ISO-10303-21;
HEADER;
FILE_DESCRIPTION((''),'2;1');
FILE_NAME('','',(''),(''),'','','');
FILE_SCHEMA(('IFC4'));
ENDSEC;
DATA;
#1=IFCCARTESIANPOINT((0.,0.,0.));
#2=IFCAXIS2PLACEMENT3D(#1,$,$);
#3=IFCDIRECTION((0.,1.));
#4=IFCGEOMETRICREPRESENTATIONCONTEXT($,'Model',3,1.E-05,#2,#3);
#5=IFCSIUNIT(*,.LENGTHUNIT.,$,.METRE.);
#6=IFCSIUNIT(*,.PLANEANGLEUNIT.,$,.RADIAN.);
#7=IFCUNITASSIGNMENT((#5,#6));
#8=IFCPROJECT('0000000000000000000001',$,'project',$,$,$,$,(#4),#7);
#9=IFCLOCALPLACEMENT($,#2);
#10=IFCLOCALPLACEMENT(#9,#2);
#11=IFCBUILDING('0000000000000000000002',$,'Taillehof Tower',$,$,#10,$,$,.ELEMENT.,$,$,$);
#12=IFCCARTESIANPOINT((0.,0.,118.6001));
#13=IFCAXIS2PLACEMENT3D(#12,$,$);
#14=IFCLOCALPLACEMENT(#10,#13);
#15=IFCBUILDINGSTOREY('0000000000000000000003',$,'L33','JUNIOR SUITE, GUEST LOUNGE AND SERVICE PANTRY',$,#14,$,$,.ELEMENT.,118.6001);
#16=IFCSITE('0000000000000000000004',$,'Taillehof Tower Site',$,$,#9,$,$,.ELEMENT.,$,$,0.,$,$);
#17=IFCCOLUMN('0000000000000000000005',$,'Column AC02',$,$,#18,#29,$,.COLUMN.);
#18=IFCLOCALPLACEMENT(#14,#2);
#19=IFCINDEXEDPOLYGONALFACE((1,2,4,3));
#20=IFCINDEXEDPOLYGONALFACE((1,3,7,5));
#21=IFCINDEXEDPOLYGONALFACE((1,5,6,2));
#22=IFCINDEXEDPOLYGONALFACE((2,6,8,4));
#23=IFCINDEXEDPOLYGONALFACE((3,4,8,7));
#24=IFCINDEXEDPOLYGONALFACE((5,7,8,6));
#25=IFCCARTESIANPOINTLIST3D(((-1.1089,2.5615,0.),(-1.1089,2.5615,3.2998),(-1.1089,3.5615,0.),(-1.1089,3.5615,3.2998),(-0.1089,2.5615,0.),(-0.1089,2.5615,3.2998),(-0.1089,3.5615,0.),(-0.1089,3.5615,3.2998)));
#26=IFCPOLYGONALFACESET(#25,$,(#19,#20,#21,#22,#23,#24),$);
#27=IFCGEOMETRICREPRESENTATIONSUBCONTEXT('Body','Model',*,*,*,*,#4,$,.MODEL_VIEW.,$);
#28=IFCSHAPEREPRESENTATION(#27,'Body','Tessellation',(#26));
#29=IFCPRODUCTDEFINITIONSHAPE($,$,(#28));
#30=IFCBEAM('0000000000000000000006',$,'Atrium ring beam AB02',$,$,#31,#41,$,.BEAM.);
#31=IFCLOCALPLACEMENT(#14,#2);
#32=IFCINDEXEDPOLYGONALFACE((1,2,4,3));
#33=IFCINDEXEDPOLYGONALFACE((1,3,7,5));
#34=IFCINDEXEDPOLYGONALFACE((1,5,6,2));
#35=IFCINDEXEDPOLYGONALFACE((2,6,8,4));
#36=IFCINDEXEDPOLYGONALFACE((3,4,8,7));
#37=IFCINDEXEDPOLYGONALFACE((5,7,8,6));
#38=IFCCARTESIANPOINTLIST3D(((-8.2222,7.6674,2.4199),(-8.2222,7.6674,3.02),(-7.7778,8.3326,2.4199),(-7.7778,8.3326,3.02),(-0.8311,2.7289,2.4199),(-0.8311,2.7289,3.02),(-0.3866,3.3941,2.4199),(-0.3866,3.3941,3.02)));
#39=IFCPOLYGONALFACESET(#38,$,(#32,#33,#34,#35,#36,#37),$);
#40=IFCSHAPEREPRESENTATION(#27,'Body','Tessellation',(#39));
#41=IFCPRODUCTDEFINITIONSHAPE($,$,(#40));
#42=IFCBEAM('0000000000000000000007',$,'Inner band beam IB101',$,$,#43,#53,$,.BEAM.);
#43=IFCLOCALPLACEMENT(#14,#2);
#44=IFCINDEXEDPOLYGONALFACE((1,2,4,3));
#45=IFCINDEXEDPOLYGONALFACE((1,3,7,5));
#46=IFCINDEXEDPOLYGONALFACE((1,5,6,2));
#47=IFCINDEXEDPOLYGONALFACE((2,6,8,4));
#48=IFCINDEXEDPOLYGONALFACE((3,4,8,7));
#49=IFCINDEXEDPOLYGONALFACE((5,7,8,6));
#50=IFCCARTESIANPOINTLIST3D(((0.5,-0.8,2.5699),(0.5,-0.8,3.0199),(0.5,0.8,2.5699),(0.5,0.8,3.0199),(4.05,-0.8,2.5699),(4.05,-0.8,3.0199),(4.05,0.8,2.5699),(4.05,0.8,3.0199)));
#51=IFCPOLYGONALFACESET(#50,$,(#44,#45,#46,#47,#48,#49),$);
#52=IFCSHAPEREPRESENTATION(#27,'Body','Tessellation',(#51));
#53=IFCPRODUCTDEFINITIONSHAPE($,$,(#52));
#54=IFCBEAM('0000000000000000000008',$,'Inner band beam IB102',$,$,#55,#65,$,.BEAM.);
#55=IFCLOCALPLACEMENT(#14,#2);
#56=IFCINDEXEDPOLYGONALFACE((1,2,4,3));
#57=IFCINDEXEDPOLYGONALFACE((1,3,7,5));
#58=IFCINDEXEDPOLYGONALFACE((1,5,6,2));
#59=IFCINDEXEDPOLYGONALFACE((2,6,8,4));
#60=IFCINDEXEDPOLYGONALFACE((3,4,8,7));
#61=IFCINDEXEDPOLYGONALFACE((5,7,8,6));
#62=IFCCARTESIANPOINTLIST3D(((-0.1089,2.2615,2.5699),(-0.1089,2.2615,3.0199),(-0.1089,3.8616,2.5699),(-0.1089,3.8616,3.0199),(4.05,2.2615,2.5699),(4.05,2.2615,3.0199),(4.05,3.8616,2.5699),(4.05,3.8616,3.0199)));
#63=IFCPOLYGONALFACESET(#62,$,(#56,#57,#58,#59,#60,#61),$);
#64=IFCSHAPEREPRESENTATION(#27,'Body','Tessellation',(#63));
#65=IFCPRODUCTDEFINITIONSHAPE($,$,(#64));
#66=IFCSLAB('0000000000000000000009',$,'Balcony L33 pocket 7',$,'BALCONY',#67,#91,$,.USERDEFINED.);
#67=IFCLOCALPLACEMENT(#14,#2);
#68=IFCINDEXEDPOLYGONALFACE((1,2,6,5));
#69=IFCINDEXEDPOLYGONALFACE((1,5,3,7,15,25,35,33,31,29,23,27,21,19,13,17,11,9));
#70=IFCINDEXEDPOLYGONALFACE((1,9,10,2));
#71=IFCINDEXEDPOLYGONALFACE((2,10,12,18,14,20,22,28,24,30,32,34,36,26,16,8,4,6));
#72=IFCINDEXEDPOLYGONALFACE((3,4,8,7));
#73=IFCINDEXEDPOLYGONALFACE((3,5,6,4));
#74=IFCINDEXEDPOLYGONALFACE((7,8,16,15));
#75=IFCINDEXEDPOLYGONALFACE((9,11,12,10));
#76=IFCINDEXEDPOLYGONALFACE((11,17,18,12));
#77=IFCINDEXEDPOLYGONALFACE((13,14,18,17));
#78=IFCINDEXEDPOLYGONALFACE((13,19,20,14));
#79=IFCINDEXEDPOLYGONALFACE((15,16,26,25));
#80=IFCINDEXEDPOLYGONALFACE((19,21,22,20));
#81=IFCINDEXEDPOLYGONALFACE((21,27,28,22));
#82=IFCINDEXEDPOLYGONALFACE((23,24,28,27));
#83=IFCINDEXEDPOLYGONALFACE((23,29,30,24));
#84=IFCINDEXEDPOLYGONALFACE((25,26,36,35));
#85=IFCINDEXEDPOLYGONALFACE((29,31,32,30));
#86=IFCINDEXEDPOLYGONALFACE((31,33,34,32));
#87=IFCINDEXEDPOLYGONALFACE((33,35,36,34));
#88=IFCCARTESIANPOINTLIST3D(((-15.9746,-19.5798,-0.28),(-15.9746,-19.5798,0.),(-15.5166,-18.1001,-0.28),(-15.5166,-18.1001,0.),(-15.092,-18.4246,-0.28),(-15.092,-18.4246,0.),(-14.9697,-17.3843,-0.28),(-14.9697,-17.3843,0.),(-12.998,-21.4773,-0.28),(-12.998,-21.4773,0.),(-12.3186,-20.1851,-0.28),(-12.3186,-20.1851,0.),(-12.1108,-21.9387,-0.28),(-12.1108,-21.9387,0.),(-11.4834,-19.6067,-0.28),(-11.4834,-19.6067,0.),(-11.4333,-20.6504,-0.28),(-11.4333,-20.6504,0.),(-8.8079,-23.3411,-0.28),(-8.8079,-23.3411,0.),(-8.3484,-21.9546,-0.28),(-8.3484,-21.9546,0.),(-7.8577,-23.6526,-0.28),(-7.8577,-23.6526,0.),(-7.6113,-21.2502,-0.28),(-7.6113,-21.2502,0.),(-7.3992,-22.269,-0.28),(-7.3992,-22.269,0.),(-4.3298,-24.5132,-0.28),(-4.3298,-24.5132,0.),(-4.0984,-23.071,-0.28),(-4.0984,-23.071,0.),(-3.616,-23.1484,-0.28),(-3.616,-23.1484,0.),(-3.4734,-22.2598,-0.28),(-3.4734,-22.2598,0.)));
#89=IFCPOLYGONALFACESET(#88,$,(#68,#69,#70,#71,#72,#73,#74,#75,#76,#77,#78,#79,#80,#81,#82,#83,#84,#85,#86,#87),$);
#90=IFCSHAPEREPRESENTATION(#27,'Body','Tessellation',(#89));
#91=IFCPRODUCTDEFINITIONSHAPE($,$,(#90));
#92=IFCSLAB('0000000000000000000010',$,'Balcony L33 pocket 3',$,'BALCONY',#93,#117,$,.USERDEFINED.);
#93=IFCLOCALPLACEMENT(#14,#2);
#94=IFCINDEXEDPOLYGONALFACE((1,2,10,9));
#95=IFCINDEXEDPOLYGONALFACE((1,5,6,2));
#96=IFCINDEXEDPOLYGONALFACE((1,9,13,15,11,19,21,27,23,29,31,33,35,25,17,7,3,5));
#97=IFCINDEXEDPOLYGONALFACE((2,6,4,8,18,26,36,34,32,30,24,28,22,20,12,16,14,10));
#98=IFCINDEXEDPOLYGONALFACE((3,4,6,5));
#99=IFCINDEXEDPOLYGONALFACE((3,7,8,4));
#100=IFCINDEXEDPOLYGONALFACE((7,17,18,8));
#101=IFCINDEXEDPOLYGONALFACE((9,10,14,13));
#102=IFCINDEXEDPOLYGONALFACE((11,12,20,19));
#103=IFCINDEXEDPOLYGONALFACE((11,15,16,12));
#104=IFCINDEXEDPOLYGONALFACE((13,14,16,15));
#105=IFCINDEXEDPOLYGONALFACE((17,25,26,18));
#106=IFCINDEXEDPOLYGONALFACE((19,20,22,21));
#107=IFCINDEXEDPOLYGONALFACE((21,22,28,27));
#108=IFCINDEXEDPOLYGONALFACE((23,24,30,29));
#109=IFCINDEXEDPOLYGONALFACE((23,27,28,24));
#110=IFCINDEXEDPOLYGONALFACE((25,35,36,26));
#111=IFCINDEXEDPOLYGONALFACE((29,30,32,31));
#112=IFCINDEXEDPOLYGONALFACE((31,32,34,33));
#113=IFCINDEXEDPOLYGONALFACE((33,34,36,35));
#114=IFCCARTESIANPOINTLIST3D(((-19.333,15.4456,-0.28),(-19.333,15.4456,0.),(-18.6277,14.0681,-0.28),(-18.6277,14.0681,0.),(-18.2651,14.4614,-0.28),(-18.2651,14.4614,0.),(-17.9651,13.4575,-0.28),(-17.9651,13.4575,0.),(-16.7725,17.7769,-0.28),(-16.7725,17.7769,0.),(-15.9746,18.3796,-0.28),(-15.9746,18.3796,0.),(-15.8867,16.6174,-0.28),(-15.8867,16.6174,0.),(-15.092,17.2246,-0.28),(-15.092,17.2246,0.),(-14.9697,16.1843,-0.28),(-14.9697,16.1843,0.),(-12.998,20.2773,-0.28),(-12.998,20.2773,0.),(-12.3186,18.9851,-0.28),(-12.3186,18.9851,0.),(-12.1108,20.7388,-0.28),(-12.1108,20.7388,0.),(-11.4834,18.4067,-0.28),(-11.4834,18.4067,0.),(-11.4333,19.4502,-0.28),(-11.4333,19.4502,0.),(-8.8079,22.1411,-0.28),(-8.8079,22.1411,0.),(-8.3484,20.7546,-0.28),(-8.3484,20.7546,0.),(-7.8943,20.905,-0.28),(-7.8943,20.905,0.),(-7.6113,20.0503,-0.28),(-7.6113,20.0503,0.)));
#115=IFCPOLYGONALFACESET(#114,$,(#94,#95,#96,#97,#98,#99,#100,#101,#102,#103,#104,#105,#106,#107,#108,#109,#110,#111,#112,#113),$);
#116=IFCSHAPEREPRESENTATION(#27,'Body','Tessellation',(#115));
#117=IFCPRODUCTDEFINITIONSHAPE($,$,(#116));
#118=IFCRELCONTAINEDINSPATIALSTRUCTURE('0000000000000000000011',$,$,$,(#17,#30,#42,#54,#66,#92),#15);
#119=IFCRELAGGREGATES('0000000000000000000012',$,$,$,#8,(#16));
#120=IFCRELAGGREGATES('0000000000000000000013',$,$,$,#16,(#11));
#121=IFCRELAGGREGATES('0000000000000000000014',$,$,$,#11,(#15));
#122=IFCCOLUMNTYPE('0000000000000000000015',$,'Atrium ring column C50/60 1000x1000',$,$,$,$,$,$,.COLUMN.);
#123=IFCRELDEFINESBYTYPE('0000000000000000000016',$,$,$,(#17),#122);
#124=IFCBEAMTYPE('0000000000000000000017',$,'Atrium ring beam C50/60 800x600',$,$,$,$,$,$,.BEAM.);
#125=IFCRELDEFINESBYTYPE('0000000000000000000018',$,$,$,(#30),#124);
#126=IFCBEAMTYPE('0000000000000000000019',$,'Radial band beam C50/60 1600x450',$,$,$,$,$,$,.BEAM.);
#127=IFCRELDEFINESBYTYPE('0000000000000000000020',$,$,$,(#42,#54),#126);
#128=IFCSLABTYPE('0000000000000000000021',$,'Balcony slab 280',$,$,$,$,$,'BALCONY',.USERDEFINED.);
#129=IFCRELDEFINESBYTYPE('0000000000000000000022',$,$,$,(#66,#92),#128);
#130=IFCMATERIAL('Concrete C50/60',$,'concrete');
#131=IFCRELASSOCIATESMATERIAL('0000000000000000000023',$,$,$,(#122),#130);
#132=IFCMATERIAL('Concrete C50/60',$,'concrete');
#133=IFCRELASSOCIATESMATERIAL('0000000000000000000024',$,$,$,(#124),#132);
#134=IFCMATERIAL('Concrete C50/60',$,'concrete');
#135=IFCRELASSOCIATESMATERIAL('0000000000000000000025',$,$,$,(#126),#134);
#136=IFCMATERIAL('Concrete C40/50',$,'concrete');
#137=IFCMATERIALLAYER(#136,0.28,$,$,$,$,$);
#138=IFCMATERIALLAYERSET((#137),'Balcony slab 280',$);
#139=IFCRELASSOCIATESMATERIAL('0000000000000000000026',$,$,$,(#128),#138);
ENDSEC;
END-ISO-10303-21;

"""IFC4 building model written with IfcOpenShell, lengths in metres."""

from ifc_helpers import new_model, si_unit, direction, frame, origin, origin_2d, place, context, subcontext, project, spatial, polyline, rectangle, outline, extrude, material, layer, layer_set, material_profile, profile_set, type_object, element, save


model = new_model("IFC4")

# Units and contexts
model_context = context("Model", 3, precision=1e-05, world=origin(), true_north=direction((0.0, 1.0)))
body_context = subcontext(model_context, "Body", "Model", "MODEL_VIEW")
ifc_project = project(units=[si_unit("LENGTHUNIT", "METRE"), si_unit("PLANEANGLEUNIT", "RADIAN")], contexts=[model_context])

# Site, building, storey
site_placement = place(None, origin())
site = spatial("IfcSite", under=ifc_project, at=site_placement, Name="Taillehof Tower Site", CompositionType="ELEMENT", RefElevation=0.0)
building_placement = place(site_placement, origin())
building = spatial("IfcBuilding", under=site, at=building_placement, Name="Taillehof Tower", CompositionType="ELEMENT")
storey_placement = place(building_placement, frame((0.0, 0.0, 118.6001)))
storey = spatial("IfcBuildingStorey", under=building, at=storey_placement, Name="L33", Description="JUNIOR SUITE, GUEST LOUNGE AND SERVICE PANTRY", CompositionType="ELEMENT", Elevation=118.6001)

# Column
ifc_material_1 = material(Name="Concrete C50/60", Category="concrete")
ifc_material_profile_1 = material_profile(ifc_material_1, rectangle(XDim=1.0, YDim=1.0, at=origin_2d()), Name="RC 1000x1000")
ifc_profile_set_1 = profile_set([ifc_material_profile_1], Name="Concrete C50/60")
column_type = type_object("IfcColumnType", Name="Atrium ring column C50/60 1000x1000", PredefinedType="COLUMN", material=ifc_profile_set_1)
column_placement = place(storey_placement, frame((-0.6089, 3.0615, 0.0), z_axis=(0.0, 0.0, 1.0), x_axis=(1.0, 0.0, 0.0)))
element("IfcColumn", 1, at=column_placement, inside=storey, type_object=column_type, Name="Column AC02", PredefinedType="COLUMN", context=body_context, shape_type="SweptSolid", body=[
    extrude(rectangle(XDim=1.0, YDim=1.0, at=origin_2d()), origin(), (0.0, 0.0, 1.0), 3.2998),
])

# Beams
ifc_material_2 = material(Name="Concrete C50/60", Category="concrete")
ifc_material_profile_2 = material_profile(ifc_material_2, rectangle(XDim=0.8, YDim=0.6001, at=origin_2d()), Name="RC 800x600")
ifc_profile_set_2 = profile_set([ifc_material_profile_2], Name="Concrete C50/60")
beam_type_1 = type_object("IfcBeamType", Name="Atrium ring beam C50/60 800x600", PredefinedType="BEAM", material=ifc_profile_set_2)
beam_1_placement = place(storey_placement, frame((-0.6089, 3.0615, 2.72), z_axis=(-0.831475, 0.555562, 0.0), x_axis=(-0.555562, -0.831475, 0.0)))
element("IfcBeam", 2, at=beam_1_placement, inside=storey, type_object=beam_type_1, Name="Atrium ring beam AB02", PredefinedType="BEAM", context=body_context, shape_type="SweptSolid", body=[
    extrude(rectangle(XDim=0.8, YDim=0.6001, at=origin_2d()), origin(), (0.0, 0.0, 1.0), 8.8892),
])
ifc_material_3 = material(Name="Concrete C50/60", Category="concrete")
ifc_material_profile_3 = material_profile(ifc_material_3, rectangle(XDim=1.6001, YDim=0.45, at=origin_2d()), Name="RC 1600x450")
ifc_profile_set_3 = profile_set([ifc_material_profile_3], Name="Concrete C50/60")
beam_type_2 = type_object("IfcBeamType", Name="Radial band beam C50/60 1600x450", PredefinedType="BEAM", material=ifc_profile_set_3)
beam_2_placement = place(storey_placement, frame((0.5, 0.0, 2.7949), z_axis=(1.0, 0.0, 0.0), x_axis=(0.0, 1.0, 0.0)))
element("IfcBeam", 3, at=beam_2_placement, inside=storey, type_object=beam_type_2, Name="Inner band beam IB101", PredefinedType="BEAM", context=body_context, shape_type="SweptSolid", body=[
    extrude(rectangle(XDim=1.6001, YDim=0.45, at=origin_2d()), origin(), (0.0, 0.0, 1.0), 3.55),
])
beam_3_placement = place(storey_placement, frame((-0.1089, 3.0615, 2.7949), z_axis=(1.0, 0.0, 0.0), x_axis=(0.0, 1.0, 0.0)))
element("IfcBeam", 4, at=beam_3_placement, inside=storey, type_object=beam_type_2, Name="Inner band beam IB102", PredefinedType="BEAM", context=body_context, shape_type="SweptSolid", body=[
    extrude(rectangle(XDim=1.6001, YDim=0.45, at=origin_2d()), origin(), (0.0, 0.0, 1.0), 4.1589),
])

# Slabs
ifc_material_4 = material(Name="Concrete C40/50", Category="concrete")
ifc_layer_1 = layer(ifc_material_4, 0.28)
ifc_layer_set_1 = layer_set([ifc_layer_1], Name="Balcony slab 280")
slab_type_1 = type_object("IfcSlabType", Name="Balcony slab 280", ElementType="BALCONY", PredefinedType="USERDEFINED", material=ifc_layer_set_1)
slab_1_placement = place(storey_placement, frame((0.0, 0.0, -0.28)))
element("IfcSlab", 5, at=slab_1_placement, inside=storey, type_object=slab_type_1, Name="Balcony L33 pocket 7", ObjectType="BALCONY", PredefinedType="USERDEFINED", context=body_context, shape_type="SweptSolid", body=[
    extrude(outline(polyline([(-3.4734, -22.2598), (-3.616, -23.1484), (-4.0984, -23.071), (-4.3298, -24.5132), (-7.8577, -23.6526), (-7.3992, -22.269), (-8.3484, -21.9546), (-8.8079, -23.3411), (-12.1108, -21.9387), (-11.4333, -20.6504), (-12.3186, -20.1851), (-12.998, -21.4773), (-15.9746, -19.5798), (-15.092, -18.4246), (-15.5166, -18.1001), (-14.9697, -17.3843), (-11.4834, -19.6067), (-7.6113, -21.2502), (-3.4734, -22.2598)])), origin(), (0.0, 0.0, 1.0), 0.28),
])
slab_2_placement = place(storey_placement, frame((0.0, 0.0, -0.28)))
element("IfcSlab", 6, at=slab_2_placement, inside=storey, type_object=slab_type_1, Name="Balcony L33 pocket 3", ObjectType="BALCONY", PredefinedType="USERDEFINED", context=body_context, shape_type="SweptSolid", body=[
    extrude(outline(polyline([(-17.9651, 13.4575), (-18.6277, 14.0681), (-18.2651, 14.4614), (-19.333, 15.4456), (-16.7725, 17.7769), (-15.8867, 16.6174), (-15.092, 17.2246), (-15.9746, 18.3796), (-12.998, 20.2773), (-12.3186, 18.9851), (-11.4333, 19.4502), (-12.1108, 20.7388), (-8.8079, 22.1411), (-8.3484, 20.7546), (-7.8943, 20.905), (-7.6113, 20.0503), (-11.4834, 18.4067), (-14.9697, 16.1843), (-17.9651, 13.4575)])), origin(), (0.0, 0.0, 1.0), 0.28),
])

save(model, "model.ifc")
